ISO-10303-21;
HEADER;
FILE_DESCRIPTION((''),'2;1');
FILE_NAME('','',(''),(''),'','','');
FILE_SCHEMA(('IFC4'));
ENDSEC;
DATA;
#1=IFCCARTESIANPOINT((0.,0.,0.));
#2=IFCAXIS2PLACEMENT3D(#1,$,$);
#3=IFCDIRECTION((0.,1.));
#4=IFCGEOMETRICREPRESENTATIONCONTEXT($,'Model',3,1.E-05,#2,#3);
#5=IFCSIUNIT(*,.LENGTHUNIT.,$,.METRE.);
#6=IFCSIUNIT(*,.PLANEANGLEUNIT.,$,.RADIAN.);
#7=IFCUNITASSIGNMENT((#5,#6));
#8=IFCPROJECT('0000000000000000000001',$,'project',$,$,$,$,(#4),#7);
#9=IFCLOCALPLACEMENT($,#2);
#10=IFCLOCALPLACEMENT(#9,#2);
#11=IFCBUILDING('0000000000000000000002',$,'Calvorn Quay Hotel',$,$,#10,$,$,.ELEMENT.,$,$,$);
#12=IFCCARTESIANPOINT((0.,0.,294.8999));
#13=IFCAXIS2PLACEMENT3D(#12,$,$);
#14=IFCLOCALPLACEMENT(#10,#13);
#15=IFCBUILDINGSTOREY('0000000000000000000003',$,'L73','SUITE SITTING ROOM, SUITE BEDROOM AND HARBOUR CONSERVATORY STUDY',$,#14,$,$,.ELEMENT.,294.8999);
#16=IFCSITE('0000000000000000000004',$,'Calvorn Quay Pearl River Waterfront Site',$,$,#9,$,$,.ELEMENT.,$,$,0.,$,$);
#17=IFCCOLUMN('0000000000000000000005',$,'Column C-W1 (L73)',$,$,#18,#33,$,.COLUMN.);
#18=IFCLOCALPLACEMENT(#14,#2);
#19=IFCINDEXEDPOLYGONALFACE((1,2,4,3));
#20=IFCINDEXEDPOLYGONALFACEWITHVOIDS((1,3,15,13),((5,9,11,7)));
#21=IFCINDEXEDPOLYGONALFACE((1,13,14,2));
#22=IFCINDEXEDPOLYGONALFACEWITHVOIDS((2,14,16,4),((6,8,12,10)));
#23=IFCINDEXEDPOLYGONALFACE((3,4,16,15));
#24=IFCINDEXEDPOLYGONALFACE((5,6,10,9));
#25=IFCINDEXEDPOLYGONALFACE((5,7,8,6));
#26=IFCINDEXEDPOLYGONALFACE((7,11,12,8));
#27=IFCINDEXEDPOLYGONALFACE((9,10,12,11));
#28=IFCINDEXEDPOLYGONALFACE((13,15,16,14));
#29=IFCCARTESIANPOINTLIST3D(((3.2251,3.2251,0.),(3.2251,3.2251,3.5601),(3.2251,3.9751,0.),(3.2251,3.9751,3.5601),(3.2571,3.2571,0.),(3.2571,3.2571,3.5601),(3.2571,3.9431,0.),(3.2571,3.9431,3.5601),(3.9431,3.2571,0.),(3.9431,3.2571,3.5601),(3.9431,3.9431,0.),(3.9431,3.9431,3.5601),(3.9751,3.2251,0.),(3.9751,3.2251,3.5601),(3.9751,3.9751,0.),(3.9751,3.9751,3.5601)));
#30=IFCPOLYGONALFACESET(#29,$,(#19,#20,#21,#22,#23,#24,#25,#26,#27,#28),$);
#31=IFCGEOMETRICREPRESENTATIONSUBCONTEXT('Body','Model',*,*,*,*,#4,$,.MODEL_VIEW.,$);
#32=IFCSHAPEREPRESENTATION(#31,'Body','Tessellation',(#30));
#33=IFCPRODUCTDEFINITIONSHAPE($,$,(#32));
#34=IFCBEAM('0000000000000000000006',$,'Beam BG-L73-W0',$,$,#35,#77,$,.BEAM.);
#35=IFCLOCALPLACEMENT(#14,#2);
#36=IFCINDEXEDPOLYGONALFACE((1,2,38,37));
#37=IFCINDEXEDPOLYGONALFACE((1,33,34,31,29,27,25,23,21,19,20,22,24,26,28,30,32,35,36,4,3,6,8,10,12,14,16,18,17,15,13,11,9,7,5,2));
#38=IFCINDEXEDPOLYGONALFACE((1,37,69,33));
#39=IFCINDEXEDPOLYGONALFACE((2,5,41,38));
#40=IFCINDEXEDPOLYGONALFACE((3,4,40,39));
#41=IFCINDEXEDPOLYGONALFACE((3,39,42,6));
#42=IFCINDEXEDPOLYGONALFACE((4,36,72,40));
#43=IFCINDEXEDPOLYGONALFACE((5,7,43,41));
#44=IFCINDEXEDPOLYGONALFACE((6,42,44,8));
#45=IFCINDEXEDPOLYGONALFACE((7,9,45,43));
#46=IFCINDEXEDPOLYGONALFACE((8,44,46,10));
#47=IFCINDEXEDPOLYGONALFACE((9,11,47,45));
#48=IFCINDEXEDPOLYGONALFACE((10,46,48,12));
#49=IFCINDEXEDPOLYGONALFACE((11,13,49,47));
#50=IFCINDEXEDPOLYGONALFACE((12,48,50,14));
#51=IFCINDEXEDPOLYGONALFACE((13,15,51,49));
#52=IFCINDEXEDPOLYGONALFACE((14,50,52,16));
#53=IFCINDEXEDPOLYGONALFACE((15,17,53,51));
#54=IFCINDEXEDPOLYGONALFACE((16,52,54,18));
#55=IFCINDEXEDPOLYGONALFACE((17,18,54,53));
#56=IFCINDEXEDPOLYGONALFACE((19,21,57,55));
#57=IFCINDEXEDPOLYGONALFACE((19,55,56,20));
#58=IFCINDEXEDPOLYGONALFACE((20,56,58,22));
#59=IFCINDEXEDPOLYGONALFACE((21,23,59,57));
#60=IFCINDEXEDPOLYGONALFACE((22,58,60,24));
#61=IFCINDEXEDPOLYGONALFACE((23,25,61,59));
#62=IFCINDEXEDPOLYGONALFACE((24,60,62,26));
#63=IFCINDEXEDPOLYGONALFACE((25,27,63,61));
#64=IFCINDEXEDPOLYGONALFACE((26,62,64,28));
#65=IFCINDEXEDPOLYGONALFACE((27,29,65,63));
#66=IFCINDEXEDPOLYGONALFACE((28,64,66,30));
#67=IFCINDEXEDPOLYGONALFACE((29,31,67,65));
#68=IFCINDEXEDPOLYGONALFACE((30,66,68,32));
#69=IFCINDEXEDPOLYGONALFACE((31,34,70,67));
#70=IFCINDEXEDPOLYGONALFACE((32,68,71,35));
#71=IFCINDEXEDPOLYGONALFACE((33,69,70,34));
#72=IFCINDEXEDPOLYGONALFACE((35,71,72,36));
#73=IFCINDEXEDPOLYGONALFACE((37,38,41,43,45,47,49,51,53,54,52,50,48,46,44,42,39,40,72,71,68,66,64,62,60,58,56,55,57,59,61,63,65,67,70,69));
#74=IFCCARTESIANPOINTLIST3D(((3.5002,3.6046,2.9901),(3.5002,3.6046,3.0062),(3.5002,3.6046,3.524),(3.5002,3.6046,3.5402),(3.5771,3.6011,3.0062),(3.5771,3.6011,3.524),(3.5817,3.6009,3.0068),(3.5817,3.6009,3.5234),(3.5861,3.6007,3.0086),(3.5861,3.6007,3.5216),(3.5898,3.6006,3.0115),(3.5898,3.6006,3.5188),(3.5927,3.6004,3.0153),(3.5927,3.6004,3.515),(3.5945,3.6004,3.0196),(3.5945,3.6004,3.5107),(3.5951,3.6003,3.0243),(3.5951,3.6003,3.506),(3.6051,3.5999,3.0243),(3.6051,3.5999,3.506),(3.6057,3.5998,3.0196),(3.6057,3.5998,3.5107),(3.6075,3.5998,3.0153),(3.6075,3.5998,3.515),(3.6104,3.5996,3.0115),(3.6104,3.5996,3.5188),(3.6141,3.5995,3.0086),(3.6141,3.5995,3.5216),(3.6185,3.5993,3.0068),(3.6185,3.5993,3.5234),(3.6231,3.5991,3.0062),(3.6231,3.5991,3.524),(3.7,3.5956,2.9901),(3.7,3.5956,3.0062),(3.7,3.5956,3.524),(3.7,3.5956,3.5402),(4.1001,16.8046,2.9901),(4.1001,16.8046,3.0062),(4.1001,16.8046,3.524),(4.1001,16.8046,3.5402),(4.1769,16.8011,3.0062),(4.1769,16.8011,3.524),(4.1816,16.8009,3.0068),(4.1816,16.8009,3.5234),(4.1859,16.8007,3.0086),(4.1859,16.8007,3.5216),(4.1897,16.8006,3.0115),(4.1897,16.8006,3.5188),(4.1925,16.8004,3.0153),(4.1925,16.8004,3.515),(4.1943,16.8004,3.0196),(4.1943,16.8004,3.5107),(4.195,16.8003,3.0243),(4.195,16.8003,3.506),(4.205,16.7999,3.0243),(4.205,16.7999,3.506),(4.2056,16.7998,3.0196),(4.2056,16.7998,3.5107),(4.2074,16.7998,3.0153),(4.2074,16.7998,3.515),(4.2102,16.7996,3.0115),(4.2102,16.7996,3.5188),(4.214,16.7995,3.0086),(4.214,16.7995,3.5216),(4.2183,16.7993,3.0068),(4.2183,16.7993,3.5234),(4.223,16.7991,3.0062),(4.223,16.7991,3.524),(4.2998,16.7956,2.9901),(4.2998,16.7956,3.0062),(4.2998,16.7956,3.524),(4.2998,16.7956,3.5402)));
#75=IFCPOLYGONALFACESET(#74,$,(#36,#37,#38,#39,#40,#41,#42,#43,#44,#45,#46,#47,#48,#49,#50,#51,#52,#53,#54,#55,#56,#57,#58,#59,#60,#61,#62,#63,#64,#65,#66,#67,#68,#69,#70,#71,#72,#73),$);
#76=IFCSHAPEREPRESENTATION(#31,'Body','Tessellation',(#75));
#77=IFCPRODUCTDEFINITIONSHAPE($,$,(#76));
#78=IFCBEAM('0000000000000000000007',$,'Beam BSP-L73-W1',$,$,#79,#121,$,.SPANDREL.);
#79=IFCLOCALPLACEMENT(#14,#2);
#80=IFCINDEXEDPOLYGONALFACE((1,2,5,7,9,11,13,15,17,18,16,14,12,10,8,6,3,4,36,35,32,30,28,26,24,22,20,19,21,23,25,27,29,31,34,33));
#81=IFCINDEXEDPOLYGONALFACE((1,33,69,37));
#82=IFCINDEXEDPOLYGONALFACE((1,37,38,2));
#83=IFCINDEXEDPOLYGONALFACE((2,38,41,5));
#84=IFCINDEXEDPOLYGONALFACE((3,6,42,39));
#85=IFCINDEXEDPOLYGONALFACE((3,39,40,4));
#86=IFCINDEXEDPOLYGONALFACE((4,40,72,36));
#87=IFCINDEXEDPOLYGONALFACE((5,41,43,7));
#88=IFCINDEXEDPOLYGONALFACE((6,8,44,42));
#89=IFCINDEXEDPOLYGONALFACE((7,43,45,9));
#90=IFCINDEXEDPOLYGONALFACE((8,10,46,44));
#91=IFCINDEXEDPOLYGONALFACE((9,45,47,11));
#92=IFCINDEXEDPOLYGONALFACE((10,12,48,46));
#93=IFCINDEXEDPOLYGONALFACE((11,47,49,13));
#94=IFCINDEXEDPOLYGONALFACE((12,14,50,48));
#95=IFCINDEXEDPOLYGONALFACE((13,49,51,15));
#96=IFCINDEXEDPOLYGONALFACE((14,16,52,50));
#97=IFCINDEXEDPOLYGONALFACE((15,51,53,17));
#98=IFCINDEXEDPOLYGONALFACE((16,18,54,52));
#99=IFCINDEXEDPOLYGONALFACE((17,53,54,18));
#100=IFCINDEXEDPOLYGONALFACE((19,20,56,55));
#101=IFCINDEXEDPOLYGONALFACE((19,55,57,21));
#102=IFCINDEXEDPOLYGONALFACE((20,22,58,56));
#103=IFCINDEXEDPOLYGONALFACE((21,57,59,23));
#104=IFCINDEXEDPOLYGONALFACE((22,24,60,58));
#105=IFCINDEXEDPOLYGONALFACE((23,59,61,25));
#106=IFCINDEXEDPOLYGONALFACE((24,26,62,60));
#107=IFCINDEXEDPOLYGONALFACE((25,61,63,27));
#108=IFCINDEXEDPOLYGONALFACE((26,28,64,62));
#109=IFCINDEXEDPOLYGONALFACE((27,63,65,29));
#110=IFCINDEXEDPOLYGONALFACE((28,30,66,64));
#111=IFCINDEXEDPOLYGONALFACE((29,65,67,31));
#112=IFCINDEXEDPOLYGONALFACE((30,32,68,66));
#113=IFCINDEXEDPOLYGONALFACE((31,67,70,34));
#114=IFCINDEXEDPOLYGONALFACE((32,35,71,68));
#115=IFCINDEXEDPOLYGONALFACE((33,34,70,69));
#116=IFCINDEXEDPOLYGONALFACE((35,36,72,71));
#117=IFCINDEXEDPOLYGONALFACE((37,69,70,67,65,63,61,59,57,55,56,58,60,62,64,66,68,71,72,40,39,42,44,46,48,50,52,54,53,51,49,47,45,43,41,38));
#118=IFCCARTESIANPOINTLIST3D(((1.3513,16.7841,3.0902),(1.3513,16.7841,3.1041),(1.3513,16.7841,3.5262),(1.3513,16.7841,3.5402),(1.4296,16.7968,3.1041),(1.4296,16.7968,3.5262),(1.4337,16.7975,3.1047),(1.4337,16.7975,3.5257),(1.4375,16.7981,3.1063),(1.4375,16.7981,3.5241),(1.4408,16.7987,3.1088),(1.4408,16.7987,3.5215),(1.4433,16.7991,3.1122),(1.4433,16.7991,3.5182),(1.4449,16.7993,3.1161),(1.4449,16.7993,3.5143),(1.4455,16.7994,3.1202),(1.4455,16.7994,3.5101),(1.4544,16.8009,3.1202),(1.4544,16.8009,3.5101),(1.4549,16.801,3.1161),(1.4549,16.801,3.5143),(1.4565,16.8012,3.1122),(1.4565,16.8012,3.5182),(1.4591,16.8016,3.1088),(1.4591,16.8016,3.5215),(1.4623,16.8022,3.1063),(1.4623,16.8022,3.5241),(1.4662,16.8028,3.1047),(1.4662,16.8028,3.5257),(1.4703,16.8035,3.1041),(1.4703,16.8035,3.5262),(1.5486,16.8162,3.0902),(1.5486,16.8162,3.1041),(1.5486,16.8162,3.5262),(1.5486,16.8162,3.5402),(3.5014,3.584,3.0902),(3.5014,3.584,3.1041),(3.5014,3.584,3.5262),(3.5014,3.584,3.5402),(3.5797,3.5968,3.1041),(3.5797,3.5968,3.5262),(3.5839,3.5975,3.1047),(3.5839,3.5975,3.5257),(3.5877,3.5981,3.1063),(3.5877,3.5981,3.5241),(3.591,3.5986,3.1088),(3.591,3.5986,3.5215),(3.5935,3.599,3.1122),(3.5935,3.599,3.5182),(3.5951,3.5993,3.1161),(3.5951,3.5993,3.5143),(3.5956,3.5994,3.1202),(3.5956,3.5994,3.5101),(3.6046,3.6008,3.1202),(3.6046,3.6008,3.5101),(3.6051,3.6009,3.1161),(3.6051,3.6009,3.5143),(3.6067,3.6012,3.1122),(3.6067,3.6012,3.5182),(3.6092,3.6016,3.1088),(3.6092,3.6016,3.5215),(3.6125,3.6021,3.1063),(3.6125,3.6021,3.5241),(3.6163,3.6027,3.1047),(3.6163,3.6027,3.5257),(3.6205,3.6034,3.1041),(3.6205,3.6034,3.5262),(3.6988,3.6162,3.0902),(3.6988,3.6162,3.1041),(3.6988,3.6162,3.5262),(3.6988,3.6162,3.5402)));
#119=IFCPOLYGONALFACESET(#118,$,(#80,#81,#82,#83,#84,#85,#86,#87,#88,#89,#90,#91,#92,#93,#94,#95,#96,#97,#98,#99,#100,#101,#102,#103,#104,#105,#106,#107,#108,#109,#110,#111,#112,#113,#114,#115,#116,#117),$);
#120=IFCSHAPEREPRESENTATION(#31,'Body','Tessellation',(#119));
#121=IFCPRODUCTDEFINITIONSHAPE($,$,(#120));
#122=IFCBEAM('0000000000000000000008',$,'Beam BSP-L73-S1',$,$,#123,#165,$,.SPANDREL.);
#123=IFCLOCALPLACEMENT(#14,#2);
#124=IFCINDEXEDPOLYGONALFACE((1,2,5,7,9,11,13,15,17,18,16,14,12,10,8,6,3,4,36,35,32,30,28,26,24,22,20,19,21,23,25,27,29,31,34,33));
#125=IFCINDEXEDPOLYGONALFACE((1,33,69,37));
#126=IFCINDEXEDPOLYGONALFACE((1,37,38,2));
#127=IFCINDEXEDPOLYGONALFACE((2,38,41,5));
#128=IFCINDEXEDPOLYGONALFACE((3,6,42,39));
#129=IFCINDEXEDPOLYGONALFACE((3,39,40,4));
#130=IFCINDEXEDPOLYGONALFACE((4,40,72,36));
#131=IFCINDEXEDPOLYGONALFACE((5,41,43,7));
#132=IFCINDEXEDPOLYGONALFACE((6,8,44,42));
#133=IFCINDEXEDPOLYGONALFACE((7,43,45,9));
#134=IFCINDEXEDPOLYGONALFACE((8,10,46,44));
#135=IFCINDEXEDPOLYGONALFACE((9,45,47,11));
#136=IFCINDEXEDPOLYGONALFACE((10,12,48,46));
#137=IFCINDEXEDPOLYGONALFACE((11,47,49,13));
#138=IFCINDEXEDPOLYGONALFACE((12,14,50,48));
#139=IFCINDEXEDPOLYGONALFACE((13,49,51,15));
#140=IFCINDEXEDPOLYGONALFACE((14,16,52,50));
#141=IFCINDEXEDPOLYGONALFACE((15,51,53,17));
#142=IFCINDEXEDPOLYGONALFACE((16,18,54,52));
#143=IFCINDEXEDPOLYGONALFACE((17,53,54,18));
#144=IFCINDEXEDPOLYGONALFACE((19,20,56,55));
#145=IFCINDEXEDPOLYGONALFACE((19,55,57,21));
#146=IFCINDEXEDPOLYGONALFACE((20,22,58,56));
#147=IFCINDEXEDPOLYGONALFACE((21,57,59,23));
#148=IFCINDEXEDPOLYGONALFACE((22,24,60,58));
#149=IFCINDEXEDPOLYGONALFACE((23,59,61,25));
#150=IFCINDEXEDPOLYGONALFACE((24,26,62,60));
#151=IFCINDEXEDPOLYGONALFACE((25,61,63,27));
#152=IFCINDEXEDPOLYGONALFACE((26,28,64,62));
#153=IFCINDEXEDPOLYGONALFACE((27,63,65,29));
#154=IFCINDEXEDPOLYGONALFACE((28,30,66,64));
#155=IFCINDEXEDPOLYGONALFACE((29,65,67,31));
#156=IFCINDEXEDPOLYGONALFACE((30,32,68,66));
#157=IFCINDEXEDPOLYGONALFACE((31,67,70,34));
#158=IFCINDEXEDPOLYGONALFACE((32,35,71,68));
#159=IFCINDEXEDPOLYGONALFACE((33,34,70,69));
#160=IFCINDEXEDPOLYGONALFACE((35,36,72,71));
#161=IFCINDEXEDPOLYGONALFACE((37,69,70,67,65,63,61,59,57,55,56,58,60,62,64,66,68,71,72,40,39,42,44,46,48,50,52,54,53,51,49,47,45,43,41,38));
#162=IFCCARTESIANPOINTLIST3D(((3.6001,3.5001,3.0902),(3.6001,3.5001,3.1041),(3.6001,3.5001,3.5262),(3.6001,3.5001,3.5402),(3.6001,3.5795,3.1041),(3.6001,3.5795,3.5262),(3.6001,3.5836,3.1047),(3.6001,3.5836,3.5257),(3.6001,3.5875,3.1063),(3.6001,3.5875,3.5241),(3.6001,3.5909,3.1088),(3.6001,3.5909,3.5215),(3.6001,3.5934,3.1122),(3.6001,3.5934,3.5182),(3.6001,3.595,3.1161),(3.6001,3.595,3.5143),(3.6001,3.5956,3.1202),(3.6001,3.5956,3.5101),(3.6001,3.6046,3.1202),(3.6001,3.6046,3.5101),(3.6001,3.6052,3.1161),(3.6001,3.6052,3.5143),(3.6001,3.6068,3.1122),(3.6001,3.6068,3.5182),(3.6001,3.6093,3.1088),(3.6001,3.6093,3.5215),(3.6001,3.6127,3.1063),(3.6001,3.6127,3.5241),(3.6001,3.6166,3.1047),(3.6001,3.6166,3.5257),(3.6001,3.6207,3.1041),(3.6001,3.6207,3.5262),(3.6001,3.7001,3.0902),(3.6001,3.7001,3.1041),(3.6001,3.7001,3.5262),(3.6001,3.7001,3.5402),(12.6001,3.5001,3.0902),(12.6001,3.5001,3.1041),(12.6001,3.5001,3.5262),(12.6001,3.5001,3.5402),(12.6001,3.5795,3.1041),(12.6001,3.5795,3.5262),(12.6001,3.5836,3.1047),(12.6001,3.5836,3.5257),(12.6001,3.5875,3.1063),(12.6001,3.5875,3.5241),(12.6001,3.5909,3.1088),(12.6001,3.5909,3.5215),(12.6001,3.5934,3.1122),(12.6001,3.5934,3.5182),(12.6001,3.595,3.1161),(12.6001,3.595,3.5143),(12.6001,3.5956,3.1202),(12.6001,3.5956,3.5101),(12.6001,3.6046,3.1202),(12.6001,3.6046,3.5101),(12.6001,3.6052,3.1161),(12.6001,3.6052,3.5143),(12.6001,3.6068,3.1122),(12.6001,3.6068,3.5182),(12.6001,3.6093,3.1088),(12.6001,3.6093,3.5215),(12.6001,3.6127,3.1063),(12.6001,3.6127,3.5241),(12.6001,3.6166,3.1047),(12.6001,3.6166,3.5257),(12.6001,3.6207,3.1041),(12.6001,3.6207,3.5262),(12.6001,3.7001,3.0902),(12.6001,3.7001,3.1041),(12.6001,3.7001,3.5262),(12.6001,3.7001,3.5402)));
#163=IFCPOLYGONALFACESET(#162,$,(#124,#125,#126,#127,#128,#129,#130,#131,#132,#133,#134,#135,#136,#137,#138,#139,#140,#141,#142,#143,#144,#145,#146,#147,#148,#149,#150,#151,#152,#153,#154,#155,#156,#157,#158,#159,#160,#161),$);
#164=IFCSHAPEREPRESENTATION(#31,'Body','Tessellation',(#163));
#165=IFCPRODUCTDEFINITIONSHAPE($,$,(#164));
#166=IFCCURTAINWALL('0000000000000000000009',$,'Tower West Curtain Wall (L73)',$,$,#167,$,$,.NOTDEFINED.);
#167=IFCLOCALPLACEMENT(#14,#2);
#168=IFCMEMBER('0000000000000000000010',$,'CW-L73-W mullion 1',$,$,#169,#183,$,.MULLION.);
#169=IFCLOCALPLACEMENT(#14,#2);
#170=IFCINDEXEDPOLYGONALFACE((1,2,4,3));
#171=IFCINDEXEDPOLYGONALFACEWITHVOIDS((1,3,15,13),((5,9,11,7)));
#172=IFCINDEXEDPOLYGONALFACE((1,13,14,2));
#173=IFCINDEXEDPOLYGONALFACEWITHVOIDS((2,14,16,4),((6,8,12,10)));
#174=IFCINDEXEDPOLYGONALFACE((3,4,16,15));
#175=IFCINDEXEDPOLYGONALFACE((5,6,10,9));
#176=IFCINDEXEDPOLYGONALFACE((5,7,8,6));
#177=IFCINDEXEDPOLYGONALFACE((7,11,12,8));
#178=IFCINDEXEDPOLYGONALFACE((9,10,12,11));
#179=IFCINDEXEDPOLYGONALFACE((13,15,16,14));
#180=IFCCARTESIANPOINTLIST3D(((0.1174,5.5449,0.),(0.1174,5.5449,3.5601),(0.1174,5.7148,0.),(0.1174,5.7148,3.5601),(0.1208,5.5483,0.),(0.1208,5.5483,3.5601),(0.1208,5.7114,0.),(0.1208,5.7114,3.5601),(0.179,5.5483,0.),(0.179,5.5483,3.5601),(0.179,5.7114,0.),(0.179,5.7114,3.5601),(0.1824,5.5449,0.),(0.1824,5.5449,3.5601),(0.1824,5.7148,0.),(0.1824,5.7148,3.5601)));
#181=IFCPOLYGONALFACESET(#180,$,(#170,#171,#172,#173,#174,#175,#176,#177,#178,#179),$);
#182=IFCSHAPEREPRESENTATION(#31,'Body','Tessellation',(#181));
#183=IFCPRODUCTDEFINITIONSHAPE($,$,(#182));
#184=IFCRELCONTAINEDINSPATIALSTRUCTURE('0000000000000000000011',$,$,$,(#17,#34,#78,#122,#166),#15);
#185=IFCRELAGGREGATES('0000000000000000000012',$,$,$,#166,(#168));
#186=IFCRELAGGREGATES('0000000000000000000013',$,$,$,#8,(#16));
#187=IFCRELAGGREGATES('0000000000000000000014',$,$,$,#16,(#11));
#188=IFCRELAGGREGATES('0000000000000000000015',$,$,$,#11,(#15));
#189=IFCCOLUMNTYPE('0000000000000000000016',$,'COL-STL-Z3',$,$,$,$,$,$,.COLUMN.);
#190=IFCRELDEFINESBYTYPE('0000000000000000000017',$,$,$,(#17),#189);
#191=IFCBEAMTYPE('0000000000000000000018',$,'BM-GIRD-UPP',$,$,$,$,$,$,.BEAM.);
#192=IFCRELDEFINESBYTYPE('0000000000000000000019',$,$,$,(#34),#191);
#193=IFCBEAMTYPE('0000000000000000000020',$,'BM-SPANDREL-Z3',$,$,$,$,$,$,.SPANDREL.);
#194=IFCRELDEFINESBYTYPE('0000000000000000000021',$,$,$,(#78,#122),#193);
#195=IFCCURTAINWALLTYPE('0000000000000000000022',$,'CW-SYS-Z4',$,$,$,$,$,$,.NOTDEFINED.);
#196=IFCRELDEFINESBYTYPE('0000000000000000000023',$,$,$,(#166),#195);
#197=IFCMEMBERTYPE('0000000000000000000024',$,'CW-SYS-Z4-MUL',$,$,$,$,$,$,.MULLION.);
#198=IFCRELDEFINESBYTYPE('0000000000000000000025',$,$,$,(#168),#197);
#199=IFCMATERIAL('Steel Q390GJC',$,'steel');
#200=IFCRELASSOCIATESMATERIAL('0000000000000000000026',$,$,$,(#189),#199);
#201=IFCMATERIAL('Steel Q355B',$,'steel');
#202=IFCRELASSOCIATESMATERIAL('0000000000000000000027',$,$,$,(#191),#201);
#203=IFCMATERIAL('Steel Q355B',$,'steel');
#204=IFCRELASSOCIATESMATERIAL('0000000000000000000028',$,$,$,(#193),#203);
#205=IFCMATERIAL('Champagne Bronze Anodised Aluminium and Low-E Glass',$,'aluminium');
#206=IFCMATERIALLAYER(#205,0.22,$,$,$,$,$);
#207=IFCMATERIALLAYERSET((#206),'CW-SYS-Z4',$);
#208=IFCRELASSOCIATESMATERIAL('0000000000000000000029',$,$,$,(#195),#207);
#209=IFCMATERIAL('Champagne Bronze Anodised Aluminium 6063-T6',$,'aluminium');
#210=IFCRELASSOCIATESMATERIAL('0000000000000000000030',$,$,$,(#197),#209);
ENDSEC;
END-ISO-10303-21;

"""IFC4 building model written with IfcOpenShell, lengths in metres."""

from ifc_helpers import new_model, si_unit, direction, frame, origin, origin_2d, place, context, subcontext, project, spatial, hollow_rectangle, i_section, extrude, material, layer, layer_set, material_profile, profile_set, type_object, element, aggregate, save


model = new_model("IFC4")

# Units and contexts
model_context = context("Model", 3, precision=1e-05, world=origin(), true_north=direction((0.0, 1.0)))
body_context = subcontext(model_context, "Body", "Model", "MODEL_VIEW")
ifc_project = project(units=[si_unit("LENGTHUNIT", "METRE"), si_unit("PLANEANGLEUNIT", "RADIAN")], contexts=[model_context])

# Site, building, storey
site_placement = place(None, origin())
site = spatial("IfcSite", under=ifc_project, at=site_placement, Name="Calvorn Quay Pearl River Waterfront Site", CompositionType="ELEMENT", RefElevation=0.0)
building_placement = place(site_placement, origin())
building = spatial("IfcBuilding", under=site, at=building_placement, Name="Calvorn Quay Hotel", CompositionType="ELEMENT")
storey_placement = place(building_placement, frame((0.0, 0.0, 294.8999)))
storey = spatial("IfcBuildingStorey", under=building, at=storey_placement, Name="L73", Description="SUITE SITTING ROOM, SUITE BEDROOM AND HARBOUR CONSERVATORY STUDY", CompositionType="ELEMENT", Elevation=294.8999)

# Column
ifc_material_1 = material(Name="Steel Q390GJC", Category="steel")
ifc_material_profile_1 = material_profile(ifc_material_1, hollow_rectangle(XDim=0.75, YDim=0.75, WallThickness=0.032, at=origin_2d()), Name="BOX750x750x32")
ifc_profile_set_1 = profile_set([ifc_material_profile_1], Name="Steel Q390GJC")
column_type = type_object("IfcColumnType", Name="COL-STL-Z3", PredefinedType="COLUMN", material=ifc_profile_set_1)
column_placement = place(storey_placement, frame((3.6001, 3.6001, 0.0), z_axis=(0.0, 0.0, 1.0), x_axis=(1.0, 0.0, 0.0)))
element("IfcColumn", 1, at=column_placement, inside=storey, type_object=column_type, Name="Column C-W1 (L73)", PredefinedType="COLUMN", context=body_context, shape_type="SweptSolid", body=[
    extrude(hollow_rectangle(XDim=0.75, YDim=0.75, WallThickness=0.032, at=origin_2d()), origin(), (0.0, 0.0, 1.0), 3.5601),
])

# Beams
ifc_material_2 = material(Name="Steel Q355B", Category="steel")
ifc_material_profile_2 = material_profile(ifc_material_2, i_section(OverallWidth=0.2, OverallDepth=0.55, WebThickness=0.01, FlangeThickness=0.0161, FilletRadius=0.0181, at=origin_2d()), Name="HN550x200x10x16")
ifc_profile_set_2 = profile_set([ifc_material_profile_2], Name="Steel Q355B")
beam_type_1 = type_object("IfcBeamType", Name="BM-GIRD-UPP", PredefinedType="BEAM", material=ifc_profile_set_2)
beam_1_placement = place(storey_placement, frame((3.6001, 3.6001, 3.2651), z_axis=(0.045397, 0.998969, 0.0), x_axis=(-0.998969, 0.045397, 0.0)))
element("IfcBeam", 2, at=beam_1_placement, inside=storey, type_object=beam_type_1, Name="Beam BG-L73-W0", PredefinedType="BEAM", context=body_context, shape_type="SweptSolid", body=[
    extrude(i_section(OverallWidth=0.2, OverallDepth=0.55, WebThickness=0.01, FlangeThickness=0.0161, FilletRadius=0.0181, at=origin_2d()), origin(), (0.0, 0.0, 1.0), 13.2136),
])
ifc_material_3 = material(Name="Steel Q355B", Category="steel")
ifc_material_profile_3 = material_profile(ifc_material_3, i_section(OverallWidth=0.2, OverallDepth=0.45, WebThickness=0.009, FlangeThickness=0.0139, FilletRadius=0.0161, at=origin_2d()), Name="HN450x200x9x14")
ifc_profile_set_3 = profile_set([ifc_material_profile_3], Name="Steel Q355B")
beam_type_2 = type_object("IfcBeamType", Name="BM-SPANDREL-Z3", PredefinedType="SPANDREL", material=ifc_profile_set_3)
beam_2_placement = place(storey_placement, frame((3.6001, 3.6001, 3.3152), z_axis=(-0.160772, 0.986992, 0.0), x_axis=(-0.986992, -0.160772, 0.0)))
element("IfcBeam", 3, at=beam_2_placement, inside=storey, type_object=beam_type_2, Name="Beam BSP-L73-W1", PredefinedType="SPANDREL", context=body_context, shape_type="SweptSolid", body=[
    extrude(i_section(OverallWidth=0.2, OverallDepth=0.45, WebThickness=0.009, FlangeThickness=0.0139, FilletRadius=0.0161, at=origin_2d()), origin(), (0.0, 0.0, 1.0), 13.374),
])
beam_3_placement = place(storey_placement, frame((3.6001, 3.6001, 3.3152), z_axis=(1.0, 0.0, 0.0), x_axis=(0.0, 1.0, 0.0)))
element("IfcBeam", 4, at=beam_3_placement, inside=storey, type_object=beam_type_2, Name="Beam BSP-L73-S1", PredefinedType="SPANDREL", context=body_context, shape_type="SweptSolid", body=[
    extrude(i_section(OverallWidth=0.2, OverallDepth=0.45, WebThickness=0.009, FlangeThickness=0.0139, FilletRadius=0.0161, at=origin_2d()), origin(), (0.0, 0.0, 1.0), 9.0),
])

# Curtain wall, member
ifc_material_4 = material(Name="Champagne Bronze Anodised Aluminium and Low-E Glass", Category="aluminium")
ifc_layer_1 = layer(ifc_material_4, 0.22)
ifc_layer_set_1 = layer_set([ifc_layer_1], Name="CW-SYS-Z4")
curtain_wall_type = type_object("IfcCurtainWallType", Name="CW-SYS-Z4", PredefinedType="NOTDEFINED", material=ifc_layer_set_1)
curtain_wall_placement = place(storey_placement, origin())
curtain_wall = element("IfcCurtainWall", 5, at=curtain_wall_placement, inside=storey, type_object=curtain_wall_type, Name="Tower West Curtain Wall (L73)", PredefinedType="NOTDEFINED")
ifc_material_5 = material(Name="Champagne Bronze Anodised Aluminium 6063-T6", Category="aluminium")
ifc_material_profile_4 = material_profile(ifc_material_5, hollow_rectangle(XDim=0.0649, YDim=0.1699, WallThickness=0.0034, at=origin_2d()), Name="ALU-M170x65x3.5")
ifc_profile_set_4 = profile_set([ifc_material_profile_4], Name="Champagne Bronze Anodised Aluminium 6063-T6")
member_type_1 = type_object("IfcMemberType", Name="CW-SYS-Z4-MUL", PredefinedType="MULLION", material=ifc_profile_set_4)
member_1_placement = place(storey_placement, frame((0.1499, 5.6299, 0.0), z_axis=(0.0, 0.0, 1.0), x_axis=(-1.0, 0.0, 0.0)))
member_1 = element("IfcMember", 6, at=member_1_placement, type_object=member_type_1, Name="CW-L73-W mullion 1", PredefinedType="MULLION", context=body_context, shape_type="SweptSolid", body=[
    extrude(hollow_rectangle(XDim=0.0649, YDim=0.1699, WallThickness=0.0034, at=origin_2d()), origin(), (0.0, 0.0, 1.0), 3.5601),
])
aggregate(curtain_wall, [member_1])

save(model, "model.ifc")
